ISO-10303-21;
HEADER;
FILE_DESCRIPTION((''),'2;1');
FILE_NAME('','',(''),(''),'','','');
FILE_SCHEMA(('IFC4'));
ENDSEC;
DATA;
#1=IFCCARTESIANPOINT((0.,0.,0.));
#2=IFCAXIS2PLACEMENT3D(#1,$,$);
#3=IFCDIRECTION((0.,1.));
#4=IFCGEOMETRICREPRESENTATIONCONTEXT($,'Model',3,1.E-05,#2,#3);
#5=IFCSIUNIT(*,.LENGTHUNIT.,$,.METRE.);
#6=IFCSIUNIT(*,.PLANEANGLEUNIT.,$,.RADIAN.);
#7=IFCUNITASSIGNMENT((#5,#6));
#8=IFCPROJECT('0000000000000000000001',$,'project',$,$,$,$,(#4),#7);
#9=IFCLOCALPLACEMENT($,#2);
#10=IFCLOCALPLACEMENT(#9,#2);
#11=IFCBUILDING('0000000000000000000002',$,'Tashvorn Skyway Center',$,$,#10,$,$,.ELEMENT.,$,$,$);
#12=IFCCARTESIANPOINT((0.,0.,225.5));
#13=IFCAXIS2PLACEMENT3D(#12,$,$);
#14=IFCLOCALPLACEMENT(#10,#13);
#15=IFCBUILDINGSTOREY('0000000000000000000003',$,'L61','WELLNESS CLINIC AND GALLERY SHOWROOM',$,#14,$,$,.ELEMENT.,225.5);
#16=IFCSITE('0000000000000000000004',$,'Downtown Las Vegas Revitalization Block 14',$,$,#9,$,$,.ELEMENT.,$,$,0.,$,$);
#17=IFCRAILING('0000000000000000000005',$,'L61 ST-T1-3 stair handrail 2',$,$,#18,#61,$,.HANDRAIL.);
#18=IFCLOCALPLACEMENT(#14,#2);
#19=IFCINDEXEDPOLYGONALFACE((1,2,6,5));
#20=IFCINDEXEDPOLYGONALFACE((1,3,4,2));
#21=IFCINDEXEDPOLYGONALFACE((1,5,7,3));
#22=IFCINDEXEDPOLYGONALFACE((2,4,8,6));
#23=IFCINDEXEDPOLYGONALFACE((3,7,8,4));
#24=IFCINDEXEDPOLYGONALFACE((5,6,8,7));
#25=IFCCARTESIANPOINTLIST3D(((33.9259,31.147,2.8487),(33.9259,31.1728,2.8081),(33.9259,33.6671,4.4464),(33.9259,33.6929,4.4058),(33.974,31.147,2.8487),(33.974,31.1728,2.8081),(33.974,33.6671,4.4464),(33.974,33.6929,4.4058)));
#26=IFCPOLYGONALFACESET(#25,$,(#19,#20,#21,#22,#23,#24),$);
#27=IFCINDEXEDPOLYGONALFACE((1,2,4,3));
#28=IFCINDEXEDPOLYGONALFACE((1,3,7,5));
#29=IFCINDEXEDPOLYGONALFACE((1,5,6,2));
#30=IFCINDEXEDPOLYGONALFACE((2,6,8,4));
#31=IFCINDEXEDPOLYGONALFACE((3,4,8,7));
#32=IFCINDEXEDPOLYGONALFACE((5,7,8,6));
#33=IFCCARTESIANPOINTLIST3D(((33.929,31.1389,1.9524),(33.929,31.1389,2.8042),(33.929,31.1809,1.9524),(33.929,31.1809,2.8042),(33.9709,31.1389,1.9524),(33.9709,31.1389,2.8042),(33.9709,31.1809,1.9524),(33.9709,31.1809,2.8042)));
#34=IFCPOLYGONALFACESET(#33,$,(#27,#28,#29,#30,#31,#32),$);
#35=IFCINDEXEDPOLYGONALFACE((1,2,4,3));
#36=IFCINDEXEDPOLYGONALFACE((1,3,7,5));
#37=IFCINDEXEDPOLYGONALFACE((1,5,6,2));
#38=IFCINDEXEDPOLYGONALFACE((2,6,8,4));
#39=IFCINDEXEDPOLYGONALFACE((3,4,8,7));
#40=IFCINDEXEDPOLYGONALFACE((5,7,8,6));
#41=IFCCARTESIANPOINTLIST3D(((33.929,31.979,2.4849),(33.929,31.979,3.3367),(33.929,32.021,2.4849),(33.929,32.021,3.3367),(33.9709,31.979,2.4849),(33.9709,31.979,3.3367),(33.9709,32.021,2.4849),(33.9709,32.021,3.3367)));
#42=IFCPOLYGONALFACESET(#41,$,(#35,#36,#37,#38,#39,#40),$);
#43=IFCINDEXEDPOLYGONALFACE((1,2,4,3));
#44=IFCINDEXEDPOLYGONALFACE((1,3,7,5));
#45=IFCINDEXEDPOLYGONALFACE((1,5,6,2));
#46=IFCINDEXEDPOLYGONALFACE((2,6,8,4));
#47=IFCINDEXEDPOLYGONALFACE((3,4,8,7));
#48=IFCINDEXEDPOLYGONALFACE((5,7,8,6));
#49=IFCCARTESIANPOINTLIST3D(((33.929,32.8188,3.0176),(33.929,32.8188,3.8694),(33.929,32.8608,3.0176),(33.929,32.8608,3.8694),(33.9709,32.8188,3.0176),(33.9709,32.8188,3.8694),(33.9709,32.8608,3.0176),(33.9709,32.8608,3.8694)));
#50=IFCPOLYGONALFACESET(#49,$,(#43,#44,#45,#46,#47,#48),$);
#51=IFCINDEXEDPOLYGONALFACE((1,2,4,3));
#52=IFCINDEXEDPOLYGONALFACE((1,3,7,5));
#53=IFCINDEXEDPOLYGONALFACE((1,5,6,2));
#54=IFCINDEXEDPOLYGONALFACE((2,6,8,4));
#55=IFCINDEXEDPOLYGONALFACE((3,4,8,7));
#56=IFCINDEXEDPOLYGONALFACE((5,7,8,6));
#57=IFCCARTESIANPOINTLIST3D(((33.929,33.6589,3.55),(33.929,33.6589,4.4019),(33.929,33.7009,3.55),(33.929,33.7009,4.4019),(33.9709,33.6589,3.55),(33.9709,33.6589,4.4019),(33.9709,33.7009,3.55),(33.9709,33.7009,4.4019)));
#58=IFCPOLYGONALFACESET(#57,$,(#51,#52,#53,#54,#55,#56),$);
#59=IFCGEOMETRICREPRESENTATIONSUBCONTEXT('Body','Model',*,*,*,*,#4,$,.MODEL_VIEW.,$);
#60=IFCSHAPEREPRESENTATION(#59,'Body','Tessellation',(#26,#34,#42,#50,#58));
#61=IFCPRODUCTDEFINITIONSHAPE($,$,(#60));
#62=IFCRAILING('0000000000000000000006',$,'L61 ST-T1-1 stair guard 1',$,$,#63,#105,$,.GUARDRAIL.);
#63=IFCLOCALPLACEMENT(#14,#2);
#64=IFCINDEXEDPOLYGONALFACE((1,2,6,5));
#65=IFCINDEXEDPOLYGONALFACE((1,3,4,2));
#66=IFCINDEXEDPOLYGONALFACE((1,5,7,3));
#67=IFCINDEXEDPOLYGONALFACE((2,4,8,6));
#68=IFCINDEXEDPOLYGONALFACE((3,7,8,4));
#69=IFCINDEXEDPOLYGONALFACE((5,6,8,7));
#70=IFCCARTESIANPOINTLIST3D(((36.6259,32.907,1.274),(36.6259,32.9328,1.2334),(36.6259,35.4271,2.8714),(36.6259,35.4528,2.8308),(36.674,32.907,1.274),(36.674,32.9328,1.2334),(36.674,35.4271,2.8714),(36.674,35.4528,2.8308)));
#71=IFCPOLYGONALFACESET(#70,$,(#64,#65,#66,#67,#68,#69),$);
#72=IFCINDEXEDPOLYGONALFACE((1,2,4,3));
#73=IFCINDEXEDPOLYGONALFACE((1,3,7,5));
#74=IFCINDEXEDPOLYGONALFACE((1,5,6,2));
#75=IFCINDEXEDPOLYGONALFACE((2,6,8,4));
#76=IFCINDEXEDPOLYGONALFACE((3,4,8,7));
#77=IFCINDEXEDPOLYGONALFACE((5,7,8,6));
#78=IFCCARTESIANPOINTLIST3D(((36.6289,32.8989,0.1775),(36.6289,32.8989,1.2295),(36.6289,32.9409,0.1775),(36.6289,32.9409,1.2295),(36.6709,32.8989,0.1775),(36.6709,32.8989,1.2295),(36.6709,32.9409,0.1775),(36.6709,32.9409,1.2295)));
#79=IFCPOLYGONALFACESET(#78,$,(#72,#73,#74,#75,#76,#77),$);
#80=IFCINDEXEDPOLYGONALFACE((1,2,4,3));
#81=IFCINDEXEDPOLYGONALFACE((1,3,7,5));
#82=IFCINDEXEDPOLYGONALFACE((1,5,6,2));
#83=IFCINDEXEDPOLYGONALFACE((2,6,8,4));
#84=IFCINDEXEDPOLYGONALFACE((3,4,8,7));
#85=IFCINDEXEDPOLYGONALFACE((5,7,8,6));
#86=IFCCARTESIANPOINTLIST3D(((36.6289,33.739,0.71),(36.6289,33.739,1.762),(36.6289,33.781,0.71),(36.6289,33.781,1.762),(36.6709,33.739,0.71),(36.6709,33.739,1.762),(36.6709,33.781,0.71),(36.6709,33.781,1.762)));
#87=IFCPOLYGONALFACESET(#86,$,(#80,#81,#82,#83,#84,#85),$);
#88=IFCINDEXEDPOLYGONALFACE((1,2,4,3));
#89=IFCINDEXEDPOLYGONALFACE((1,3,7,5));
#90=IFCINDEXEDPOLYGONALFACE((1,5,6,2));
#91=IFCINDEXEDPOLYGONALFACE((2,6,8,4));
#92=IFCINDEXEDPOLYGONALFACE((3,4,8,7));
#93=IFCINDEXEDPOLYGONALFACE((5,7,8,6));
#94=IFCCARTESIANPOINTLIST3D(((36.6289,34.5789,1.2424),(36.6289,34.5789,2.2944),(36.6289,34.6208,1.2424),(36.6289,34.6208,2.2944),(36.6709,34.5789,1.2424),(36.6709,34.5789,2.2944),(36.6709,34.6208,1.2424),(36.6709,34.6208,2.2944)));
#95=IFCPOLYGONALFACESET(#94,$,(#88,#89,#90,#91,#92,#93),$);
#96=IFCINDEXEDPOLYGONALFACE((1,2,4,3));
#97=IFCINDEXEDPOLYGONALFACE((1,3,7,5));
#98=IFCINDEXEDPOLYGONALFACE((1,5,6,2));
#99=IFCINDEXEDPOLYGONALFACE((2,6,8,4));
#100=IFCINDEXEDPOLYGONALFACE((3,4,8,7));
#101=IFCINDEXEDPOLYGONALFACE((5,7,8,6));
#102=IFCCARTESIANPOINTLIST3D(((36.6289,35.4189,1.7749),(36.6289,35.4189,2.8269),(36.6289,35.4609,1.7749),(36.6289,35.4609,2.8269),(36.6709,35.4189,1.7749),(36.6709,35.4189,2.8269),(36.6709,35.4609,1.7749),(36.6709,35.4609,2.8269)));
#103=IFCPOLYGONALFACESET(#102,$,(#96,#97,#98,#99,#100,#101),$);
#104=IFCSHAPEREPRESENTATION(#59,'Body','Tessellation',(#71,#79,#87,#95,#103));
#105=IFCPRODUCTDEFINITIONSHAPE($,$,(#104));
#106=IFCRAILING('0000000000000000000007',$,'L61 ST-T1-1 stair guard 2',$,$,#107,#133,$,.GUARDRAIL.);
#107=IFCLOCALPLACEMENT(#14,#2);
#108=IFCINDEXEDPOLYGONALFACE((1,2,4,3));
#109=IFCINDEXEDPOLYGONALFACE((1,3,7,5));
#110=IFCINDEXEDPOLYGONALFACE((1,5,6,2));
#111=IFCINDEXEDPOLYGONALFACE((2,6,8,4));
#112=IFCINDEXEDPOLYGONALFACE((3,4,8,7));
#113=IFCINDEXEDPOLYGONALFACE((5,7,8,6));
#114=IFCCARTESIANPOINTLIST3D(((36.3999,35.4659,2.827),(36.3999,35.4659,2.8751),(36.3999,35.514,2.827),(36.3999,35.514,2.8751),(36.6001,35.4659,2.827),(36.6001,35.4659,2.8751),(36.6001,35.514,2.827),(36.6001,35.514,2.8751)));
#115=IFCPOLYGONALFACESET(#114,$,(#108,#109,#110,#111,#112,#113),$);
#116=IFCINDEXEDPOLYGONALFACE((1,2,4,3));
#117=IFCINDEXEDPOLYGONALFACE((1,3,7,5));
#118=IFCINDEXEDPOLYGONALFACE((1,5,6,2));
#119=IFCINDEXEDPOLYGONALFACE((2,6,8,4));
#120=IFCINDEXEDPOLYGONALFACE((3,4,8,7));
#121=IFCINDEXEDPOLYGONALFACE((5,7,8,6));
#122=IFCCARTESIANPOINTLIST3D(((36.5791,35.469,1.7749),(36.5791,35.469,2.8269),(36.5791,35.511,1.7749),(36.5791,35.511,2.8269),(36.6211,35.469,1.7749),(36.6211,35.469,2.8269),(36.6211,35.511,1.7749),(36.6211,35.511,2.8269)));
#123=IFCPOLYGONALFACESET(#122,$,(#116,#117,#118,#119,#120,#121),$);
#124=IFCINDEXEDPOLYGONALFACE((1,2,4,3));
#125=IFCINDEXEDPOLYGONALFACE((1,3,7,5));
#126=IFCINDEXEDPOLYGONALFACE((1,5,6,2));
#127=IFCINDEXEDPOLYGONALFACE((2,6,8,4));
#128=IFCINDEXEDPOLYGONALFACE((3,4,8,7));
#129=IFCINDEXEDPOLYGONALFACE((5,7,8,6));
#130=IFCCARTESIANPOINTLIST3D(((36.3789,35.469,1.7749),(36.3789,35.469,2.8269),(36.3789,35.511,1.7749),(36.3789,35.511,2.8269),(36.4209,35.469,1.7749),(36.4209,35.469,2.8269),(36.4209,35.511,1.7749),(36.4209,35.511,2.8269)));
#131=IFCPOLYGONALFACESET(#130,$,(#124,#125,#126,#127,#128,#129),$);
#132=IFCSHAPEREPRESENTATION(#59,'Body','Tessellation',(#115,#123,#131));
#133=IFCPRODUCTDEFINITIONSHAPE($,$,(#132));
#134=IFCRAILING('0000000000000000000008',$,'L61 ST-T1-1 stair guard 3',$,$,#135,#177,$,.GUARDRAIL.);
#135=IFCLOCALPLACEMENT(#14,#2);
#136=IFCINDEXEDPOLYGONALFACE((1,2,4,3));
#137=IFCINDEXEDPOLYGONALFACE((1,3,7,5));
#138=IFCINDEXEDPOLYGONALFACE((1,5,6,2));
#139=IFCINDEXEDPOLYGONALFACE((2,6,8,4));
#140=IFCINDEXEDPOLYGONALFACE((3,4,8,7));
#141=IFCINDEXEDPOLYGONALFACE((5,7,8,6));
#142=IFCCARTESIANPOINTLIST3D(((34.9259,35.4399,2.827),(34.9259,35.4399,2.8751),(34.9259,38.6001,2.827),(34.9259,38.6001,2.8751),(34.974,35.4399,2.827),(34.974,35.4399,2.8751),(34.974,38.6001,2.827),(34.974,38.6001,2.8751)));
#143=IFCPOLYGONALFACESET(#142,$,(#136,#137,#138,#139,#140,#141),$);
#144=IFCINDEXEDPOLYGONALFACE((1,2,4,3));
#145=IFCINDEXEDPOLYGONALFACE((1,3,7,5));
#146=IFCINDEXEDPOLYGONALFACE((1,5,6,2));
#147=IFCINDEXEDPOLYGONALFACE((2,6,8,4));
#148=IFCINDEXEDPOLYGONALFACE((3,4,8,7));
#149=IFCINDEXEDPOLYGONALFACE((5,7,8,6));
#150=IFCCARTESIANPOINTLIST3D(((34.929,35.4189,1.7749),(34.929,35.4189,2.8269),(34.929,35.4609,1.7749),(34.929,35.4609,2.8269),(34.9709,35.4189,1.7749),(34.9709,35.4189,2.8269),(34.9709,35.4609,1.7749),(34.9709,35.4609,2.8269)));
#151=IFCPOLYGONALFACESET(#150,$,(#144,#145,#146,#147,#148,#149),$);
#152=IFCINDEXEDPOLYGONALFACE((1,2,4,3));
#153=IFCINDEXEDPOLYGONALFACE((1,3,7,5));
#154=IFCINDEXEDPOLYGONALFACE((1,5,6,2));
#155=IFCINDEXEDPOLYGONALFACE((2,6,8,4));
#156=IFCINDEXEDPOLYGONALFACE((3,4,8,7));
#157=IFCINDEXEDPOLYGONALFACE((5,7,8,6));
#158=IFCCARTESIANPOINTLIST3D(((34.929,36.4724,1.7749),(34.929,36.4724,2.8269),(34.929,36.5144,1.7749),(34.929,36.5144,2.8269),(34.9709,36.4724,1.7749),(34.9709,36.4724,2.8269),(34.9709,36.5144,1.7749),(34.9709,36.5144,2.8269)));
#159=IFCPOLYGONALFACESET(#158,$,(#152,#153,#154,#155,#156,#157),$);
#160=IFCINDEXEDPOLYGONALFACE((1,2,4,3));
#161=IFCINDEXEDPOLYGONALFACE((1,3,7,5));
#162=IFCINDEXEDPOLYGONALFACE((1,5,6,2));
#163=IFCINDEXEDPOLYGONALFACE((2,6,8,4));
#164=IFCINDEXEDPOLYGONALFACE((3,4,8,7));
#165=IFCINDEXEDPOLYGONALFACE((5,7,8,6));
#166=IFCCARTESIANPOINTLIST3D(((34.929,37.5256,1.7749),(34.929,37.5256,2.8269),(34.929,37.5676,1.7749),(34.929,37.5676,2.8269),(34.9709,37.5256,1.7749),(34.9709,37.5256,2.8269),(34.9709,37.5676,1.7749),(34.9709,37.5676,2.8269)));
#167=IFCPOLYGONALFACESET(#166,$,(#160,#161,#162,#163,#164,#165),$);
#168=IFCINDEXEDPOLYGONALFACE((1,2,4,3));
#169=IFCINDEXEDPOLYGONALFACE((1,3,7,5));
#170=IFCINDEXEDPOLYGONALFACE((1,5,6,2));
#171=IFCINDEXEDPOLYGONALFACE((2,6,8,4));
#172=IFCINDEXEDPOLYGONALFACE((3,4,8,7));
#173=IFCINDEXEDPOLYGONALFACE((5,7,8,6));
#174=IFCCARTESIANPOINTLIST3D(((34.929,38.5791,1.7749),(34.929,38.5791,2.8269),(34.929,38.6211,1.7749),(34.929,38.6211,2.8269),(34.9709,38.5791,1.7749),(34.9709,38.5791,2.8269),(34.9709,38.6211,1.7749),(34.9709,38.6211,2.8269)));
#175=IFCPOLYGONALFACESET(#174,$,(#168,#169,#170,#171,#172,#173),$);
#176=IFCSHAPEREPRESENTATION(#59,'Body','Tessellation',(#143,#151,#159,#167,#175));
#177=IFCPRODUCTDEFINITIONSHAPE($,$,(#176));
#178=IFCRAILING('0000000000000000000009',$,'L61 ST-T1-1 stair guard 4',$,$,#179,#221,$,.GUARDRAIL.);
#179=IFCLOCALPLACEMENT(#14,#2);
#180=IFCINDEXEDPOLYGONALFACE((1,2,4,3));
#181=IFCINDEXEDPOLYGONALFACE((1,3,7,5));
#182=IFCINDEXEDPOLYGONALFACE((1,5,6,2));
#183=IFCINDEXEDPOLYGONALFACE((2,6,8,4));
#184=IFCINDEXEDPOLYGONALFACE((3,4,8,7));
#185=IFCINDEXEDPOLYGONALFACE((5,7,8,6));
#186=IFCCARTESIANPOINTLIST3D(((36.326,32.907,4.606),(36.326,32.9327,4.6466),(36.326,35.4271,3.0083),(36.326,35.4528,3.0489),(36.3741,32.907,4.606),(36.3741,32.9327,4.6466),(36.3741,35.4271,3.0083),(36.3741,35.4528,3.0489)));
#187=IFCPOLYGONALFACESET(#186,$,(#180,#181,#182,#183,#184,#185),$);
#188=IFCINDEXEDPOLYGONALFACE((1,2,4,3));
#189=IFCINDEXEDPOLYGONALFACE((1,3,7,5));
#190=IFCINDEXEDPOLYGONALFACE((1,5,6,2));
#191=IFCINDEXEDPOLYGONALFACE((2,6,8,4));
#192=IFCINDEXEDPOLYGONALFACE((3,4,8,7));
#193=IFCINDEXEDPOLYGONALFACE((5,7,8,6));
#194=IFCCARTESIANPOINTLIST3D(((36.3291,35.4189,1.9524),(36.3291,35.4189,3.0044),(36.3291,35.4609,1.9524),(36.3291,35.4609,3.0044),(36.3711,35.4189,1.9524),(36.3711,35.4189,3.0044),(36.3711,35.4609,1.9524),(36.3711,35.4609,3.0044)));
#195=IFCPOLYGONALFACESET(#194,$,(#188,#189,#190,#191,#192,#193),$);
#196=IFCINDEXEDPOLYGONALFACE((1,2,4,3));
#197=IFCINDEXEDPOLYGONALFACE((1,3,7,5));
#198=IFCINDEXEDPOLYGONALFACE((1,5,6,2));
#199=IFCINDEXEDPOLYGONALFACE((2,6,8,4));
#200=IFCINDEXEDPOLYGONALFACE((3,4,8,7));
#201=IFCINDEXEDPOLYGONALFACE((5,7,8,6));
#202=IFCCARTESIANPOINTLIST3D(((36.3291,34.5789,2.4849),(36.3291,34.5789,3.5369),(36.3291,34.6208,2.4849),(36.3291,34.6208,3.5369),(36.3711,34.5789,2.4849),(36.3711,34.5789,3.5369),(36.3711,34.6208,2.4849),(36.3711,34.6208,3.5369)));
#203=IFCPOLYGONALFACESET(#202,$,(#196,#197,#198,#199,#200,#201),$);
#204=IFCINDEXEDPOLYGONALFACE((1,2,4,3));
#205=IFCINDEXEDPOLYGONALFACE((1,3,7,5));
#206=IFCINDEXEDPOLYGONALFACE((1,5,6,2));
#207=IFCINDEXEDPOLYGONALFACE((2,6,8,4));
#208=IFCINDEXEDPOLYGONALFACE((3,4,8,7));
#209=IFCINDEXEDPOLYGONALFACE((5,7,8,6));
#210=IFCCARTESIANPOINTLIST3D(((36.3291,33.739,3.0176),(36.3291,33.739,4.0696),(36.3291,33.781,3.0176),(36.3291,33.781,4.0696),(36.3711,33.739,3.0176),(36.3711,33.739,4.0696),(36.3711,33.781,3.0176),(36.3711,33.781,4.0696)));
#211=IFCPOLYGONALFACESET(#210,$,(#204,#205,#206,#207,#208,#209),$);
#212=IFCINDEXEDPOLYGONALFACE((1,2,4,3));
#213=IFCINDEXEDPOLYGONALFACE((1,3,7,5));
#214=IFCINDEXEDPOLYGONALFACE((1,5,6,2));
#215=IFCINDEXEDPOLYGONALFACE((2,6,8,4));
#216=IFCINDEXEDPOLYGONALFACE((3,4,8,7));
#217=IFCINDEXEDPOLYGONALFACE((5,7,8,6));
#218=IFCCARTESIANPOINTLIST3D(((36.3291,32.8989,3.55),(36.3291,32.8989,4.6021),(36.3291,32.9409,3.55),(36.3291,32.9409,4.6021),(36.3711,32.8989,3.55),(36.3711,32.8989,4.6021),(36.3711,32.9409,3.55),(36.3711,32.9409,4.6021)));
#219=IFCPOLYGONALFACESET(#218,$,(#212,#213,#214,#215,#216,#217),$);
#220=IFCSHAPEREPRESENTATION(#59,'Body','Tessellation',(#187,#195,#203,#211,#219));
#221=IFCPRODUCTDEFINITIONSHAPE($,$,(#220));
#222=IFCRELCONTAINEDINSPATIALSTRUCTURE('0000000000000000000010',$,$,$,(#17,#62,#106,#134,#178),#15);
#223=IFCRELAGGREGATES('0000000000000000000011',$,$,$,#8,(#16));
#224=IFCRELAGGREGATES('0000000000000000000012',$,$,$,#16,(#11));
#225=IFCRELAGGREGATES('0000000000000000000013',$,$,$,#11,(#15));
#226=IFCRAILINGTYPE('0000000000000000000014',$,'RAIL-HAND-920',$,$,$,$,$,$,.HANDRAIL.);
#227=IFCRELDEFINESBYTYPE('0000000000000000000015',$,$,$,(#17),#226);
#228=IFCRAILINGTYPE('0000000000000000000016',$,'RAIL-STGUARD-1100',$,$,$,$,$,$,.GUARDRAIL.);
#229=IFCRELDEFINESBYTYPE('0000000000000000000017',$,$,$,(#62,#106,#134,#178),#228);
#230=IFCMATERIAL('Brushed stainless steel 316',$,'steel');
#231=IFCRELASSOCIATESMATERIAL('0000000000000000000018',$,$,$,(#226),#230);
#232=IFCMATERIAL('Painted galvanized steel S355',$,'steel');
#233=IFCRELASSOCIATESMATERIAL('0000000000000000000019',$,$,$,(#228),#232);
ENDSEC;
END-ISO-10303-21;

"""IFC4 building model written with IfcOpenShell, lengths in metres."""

from ifc_helpers import new_model, si_unit, direction, frame, origin, origin_2d, place, context, subcontext, project, spatial, rectangle, extrude, material, type_object, element, save


model = new_model("IFC4")

# Units and contexts
model_context = context("Model", 3, precision=1e-05, world=origin(), true_north=direction((0.0, 1.0)))
body_context = subcontext(model_context, "Body", "Model", "MODEL_VIEW")
ifc_project = project(units=[si_unit("LENGTHUNIT", "METRE"), si_unit("PLANEANGLEUNIT", "RADIAN")], contexts=[model_context])

# Site, building, storey
site_placement = place(None, origin())
site = spatial("IfcSite", under=ifc_project, at=site_placement, Name="Downtown Las Vegas Revitalization Block 14", CompositionType="ELEMENT", RefElevation=0.0)
building_placement = place(site_placement, origin())
building = spatial("IfcBuilding", under=site, at=building_placement, Name="Tashvorn Skyway Center", CompositionType="ELEMENT")
storey_placement = place(building_placement, frame((0.0, 0.0, 225.5)))
storey = spatial("IfcBuildingStorey", under=building, at=storey_placement, Name="L61", Description="WELLNESS CLINIC AND GALLERY SHOWROOM", CompositionType="ELEMENT", Elevation=225.5)

# Railings
ifc_material_1 = material(Name="Brushed stainless steel 316", Category="steel")
railing_type_1 = type_object("IfcRailingType", Name="RAIL-HAND-920", PredefinedType="HANDRAIL", material=ifc_material_1)
railing_1_placement = place(storey_placement, frame((33.95, 31.1599, 1.9524)))
element("IfcRailing", 1, at=railing_1_placement, inside=storey, type_object=railing_type_1, Name="L61 ST-T1-3 stair handrail 2", PredefinedType="HANDRAIL", context=body_context, shape_type="SweptSolid", body=[
    extrude(rectangle(XDim=0.0481, YDim=0.0481, at=origin_2d()), frame((0.0, 0.0, 0.876), z_axis=(0.0, 0.84457, 0.535445), x_axis=(-1.0, 0.0, 0.0)), (0.0, 0.0, 1.0), 2.9839),
    extrude(rectangle(XDim=0.042, YDim=0.042, at=origin_2d()), origin(), (0.0, 0.0, 1.0), 0.8518),
    extrude(rectangle(XDim=0.042, YDim=0.042, at=origin_2d()), frame((0.0, 0.8401, 0.5325)), (0.0, 0.0, 1.0), 0.8518),
    extrude(rectangle(XDim=0.042, YDim=0.042, at=origin_2d()), frame((0.0, 1.6799, 1.0652)), (0.0, 0.0, 1.0), 0.8518),
    extrude(rectangle(XDim=0.042, YDim=0.042, at=origin_2d()), frame((0.0, 2.52, 1.5977)), (0.0, 0.0, 1.0), 0.8518),
])
ifc_material_2 = material(Name="Painted galvanized steel S355", Category="steel")
railing_type_2 = type_object("IfcRailingType", Name="RAIL-STGUARD-1100", PredefinedType="GUARDRAIL", material=ifc_material_2)
railing_2_placement = place(storey_placement, frame((36.6499, 32.9199, 0.1775)))
element("IfcRailing", 2, at=railing_2_placement, inside=storey, type_object=railing_type_2, Name="L61 ST-T1-1 stair guard 1", PredefinedType="GUARDRAIL", context=body_context, shape_type="SweptSolid", body=[
    extrude(rectangle(XDim=0.0481, YDim=0.0481, at=origin_2d()), frame((0.0, 0.0, 1.0762), z_axis=(0.0, 0.844607, 0.535387), x_axis=(-1.0, 0.0, 0.0)), (0.0, 0.0, 1.0), 2.9836),
    extrude(rectangle(XDim=0.042, YDim=0.042, at=origin_2d()), origin(), (0.0, 0.0, 1.0), 1.052),
    extrude(rectangle(XDim=0.042, YDim=0.042, at=origin_2d()), frame((0.0, 0.8401, 0.5325)), (0.0, 0.0, 1.0), 1.052),
    extrude(rectangle(XDim=0.042, YDim=0.042, at=origin_2d()), frame((0.0, 1.6799, 1.0649)), (0.0, 0.0, 1.0), 1.052),
    extrude(rectangle(XDim=0.042, YDim=0.042, at=origin_2d()), frame((0.0, 2.52, 1.5974)), (0.0, 0.0, 1.0), 1.052),
])
railing_3_placement = place(storey_placement, frame((36.6001, 35.49, 1.7749)))
element("IfcRailing", 3, at=railing_3_placement, inside=storey, type_object=railing_type_2, Name="L61 ST-T1-1 stair guard 2", PredefinedType="GUARDRAIL", context=body_context, shape_type="SweptSolid", body=[
    extrude(rectangle(XDim=0.0481, YDim=0.0481, at=origin_2d()), frame((0.0, 0.0, 1.0762), z_axis=(-1.0, 0.0, 0.0), x_axis=(0.0, -1.0, 0.0)), (0.0, 0.0, 1.0), 0.2002),
    extrude(rectangle(XDim=0.042, YDim=0.042, at=origin_2d()), origin(), (0.0, 0.0, 1.0), 1.052),
    extrude(rectangle(XDim=0.042, YDim=0.042, at=origin_2d()), frame((-0.2002, 0.0, 0.0)), (0.0, 0.0, 1.0), 1.052),
])
railing_4_placement = place(storey_placement, frame((34.95, 35.4399, 1.7749)))
element("IfcRailing", 4, at=railing_4_placement, inside=storey, type_object=railing_type_2, Name="L61 ST-T1-1 stair guard 3", PredefinedType="GUARDRAIL", context=body_context, shape_type="SweptSolid", body=[
    extrude(rectangle(XDim=0.0481, YDim=0.0481, at=origin_2d()), frame((0.0, 0.0, 1.0762), z_axis=(0.0, 1.0, 0.0), x_axis=(-1.0, 0.0, 0.0)), (0.0, 0.0, 1.0), 3.1602),
    extrude(rectangle(XDim=0.042, YDim=0.042, at=origin_2d()), origin(), (0.0, 0.0, 1.0), 1.052),
    extrude(rectangle(XDim=0.042, YDim=0.042, at=origin_2d()), frame((0.0, 1.0535, 0.0)), (0.0, 0.0, 1.0), 1.052),
    extrude(rectangle(XDim=0.042, YDim=0.042, at=origin_2d()), frame((0.0, 2.1067, 0.0)), (0.0, 0.0, 1.0), 1.052),
    extrude(rectangle(XDim=0.042, YDim=0.042, at=origin_2d()), frame((0.0, 3.1602, 0.0)), (0.0, 0.0, 1.0), 1.052),
])
railing_5_placement = place(storey_placement, frame((36.3501, 35.4399, 1.9524)))
element("IfcRailing", 5, at=railing_5_placement, inside=storey, type_object=railing_type_2, Name="L61 ST-T1-1 stair guard 4", PredefinedType="GUARDRAIL", context=body_context, shape_type="SweptSolid", body=[
    extrude(rectangle(XDim=0.0481, YDim=0.0481, at=origin_2d()), frame((0.0, 0.0, 1.0762), z_axis=(0.0, -0.84457, 0.535445), x_axis=(1.0, 0.0, 0.0)), (0.0, 0.0, 1.0), 2.9839),
    extrude(rectangle(XDim=0.042, YDim=0.042, at=origin_2d()), origin(), (0.0, 0.0, 1.0), 1.052),
    extrude(rectangle(XDim=0.042, YDim=0.042, at=origin_2d()), frame((0.0, -0.8401, 0.5325)), (0.0, 0.0, 1.0), 1.052),
    extrude(rectangle(XDim=0.042, YDim=0.042, at=origin_2d()), frame((0.0, -1.6799, 1.0652)), (0.0, 0.0, 1.0), 1.052),
    extrude(rectangle(XDim=0.042, YDim=0.042, at=origin_2d()), frame((0.0, -2.52, 1.5977)), (0.0, 0.0, 1.0), 1.052),
])

save(model, "model.ifc")
